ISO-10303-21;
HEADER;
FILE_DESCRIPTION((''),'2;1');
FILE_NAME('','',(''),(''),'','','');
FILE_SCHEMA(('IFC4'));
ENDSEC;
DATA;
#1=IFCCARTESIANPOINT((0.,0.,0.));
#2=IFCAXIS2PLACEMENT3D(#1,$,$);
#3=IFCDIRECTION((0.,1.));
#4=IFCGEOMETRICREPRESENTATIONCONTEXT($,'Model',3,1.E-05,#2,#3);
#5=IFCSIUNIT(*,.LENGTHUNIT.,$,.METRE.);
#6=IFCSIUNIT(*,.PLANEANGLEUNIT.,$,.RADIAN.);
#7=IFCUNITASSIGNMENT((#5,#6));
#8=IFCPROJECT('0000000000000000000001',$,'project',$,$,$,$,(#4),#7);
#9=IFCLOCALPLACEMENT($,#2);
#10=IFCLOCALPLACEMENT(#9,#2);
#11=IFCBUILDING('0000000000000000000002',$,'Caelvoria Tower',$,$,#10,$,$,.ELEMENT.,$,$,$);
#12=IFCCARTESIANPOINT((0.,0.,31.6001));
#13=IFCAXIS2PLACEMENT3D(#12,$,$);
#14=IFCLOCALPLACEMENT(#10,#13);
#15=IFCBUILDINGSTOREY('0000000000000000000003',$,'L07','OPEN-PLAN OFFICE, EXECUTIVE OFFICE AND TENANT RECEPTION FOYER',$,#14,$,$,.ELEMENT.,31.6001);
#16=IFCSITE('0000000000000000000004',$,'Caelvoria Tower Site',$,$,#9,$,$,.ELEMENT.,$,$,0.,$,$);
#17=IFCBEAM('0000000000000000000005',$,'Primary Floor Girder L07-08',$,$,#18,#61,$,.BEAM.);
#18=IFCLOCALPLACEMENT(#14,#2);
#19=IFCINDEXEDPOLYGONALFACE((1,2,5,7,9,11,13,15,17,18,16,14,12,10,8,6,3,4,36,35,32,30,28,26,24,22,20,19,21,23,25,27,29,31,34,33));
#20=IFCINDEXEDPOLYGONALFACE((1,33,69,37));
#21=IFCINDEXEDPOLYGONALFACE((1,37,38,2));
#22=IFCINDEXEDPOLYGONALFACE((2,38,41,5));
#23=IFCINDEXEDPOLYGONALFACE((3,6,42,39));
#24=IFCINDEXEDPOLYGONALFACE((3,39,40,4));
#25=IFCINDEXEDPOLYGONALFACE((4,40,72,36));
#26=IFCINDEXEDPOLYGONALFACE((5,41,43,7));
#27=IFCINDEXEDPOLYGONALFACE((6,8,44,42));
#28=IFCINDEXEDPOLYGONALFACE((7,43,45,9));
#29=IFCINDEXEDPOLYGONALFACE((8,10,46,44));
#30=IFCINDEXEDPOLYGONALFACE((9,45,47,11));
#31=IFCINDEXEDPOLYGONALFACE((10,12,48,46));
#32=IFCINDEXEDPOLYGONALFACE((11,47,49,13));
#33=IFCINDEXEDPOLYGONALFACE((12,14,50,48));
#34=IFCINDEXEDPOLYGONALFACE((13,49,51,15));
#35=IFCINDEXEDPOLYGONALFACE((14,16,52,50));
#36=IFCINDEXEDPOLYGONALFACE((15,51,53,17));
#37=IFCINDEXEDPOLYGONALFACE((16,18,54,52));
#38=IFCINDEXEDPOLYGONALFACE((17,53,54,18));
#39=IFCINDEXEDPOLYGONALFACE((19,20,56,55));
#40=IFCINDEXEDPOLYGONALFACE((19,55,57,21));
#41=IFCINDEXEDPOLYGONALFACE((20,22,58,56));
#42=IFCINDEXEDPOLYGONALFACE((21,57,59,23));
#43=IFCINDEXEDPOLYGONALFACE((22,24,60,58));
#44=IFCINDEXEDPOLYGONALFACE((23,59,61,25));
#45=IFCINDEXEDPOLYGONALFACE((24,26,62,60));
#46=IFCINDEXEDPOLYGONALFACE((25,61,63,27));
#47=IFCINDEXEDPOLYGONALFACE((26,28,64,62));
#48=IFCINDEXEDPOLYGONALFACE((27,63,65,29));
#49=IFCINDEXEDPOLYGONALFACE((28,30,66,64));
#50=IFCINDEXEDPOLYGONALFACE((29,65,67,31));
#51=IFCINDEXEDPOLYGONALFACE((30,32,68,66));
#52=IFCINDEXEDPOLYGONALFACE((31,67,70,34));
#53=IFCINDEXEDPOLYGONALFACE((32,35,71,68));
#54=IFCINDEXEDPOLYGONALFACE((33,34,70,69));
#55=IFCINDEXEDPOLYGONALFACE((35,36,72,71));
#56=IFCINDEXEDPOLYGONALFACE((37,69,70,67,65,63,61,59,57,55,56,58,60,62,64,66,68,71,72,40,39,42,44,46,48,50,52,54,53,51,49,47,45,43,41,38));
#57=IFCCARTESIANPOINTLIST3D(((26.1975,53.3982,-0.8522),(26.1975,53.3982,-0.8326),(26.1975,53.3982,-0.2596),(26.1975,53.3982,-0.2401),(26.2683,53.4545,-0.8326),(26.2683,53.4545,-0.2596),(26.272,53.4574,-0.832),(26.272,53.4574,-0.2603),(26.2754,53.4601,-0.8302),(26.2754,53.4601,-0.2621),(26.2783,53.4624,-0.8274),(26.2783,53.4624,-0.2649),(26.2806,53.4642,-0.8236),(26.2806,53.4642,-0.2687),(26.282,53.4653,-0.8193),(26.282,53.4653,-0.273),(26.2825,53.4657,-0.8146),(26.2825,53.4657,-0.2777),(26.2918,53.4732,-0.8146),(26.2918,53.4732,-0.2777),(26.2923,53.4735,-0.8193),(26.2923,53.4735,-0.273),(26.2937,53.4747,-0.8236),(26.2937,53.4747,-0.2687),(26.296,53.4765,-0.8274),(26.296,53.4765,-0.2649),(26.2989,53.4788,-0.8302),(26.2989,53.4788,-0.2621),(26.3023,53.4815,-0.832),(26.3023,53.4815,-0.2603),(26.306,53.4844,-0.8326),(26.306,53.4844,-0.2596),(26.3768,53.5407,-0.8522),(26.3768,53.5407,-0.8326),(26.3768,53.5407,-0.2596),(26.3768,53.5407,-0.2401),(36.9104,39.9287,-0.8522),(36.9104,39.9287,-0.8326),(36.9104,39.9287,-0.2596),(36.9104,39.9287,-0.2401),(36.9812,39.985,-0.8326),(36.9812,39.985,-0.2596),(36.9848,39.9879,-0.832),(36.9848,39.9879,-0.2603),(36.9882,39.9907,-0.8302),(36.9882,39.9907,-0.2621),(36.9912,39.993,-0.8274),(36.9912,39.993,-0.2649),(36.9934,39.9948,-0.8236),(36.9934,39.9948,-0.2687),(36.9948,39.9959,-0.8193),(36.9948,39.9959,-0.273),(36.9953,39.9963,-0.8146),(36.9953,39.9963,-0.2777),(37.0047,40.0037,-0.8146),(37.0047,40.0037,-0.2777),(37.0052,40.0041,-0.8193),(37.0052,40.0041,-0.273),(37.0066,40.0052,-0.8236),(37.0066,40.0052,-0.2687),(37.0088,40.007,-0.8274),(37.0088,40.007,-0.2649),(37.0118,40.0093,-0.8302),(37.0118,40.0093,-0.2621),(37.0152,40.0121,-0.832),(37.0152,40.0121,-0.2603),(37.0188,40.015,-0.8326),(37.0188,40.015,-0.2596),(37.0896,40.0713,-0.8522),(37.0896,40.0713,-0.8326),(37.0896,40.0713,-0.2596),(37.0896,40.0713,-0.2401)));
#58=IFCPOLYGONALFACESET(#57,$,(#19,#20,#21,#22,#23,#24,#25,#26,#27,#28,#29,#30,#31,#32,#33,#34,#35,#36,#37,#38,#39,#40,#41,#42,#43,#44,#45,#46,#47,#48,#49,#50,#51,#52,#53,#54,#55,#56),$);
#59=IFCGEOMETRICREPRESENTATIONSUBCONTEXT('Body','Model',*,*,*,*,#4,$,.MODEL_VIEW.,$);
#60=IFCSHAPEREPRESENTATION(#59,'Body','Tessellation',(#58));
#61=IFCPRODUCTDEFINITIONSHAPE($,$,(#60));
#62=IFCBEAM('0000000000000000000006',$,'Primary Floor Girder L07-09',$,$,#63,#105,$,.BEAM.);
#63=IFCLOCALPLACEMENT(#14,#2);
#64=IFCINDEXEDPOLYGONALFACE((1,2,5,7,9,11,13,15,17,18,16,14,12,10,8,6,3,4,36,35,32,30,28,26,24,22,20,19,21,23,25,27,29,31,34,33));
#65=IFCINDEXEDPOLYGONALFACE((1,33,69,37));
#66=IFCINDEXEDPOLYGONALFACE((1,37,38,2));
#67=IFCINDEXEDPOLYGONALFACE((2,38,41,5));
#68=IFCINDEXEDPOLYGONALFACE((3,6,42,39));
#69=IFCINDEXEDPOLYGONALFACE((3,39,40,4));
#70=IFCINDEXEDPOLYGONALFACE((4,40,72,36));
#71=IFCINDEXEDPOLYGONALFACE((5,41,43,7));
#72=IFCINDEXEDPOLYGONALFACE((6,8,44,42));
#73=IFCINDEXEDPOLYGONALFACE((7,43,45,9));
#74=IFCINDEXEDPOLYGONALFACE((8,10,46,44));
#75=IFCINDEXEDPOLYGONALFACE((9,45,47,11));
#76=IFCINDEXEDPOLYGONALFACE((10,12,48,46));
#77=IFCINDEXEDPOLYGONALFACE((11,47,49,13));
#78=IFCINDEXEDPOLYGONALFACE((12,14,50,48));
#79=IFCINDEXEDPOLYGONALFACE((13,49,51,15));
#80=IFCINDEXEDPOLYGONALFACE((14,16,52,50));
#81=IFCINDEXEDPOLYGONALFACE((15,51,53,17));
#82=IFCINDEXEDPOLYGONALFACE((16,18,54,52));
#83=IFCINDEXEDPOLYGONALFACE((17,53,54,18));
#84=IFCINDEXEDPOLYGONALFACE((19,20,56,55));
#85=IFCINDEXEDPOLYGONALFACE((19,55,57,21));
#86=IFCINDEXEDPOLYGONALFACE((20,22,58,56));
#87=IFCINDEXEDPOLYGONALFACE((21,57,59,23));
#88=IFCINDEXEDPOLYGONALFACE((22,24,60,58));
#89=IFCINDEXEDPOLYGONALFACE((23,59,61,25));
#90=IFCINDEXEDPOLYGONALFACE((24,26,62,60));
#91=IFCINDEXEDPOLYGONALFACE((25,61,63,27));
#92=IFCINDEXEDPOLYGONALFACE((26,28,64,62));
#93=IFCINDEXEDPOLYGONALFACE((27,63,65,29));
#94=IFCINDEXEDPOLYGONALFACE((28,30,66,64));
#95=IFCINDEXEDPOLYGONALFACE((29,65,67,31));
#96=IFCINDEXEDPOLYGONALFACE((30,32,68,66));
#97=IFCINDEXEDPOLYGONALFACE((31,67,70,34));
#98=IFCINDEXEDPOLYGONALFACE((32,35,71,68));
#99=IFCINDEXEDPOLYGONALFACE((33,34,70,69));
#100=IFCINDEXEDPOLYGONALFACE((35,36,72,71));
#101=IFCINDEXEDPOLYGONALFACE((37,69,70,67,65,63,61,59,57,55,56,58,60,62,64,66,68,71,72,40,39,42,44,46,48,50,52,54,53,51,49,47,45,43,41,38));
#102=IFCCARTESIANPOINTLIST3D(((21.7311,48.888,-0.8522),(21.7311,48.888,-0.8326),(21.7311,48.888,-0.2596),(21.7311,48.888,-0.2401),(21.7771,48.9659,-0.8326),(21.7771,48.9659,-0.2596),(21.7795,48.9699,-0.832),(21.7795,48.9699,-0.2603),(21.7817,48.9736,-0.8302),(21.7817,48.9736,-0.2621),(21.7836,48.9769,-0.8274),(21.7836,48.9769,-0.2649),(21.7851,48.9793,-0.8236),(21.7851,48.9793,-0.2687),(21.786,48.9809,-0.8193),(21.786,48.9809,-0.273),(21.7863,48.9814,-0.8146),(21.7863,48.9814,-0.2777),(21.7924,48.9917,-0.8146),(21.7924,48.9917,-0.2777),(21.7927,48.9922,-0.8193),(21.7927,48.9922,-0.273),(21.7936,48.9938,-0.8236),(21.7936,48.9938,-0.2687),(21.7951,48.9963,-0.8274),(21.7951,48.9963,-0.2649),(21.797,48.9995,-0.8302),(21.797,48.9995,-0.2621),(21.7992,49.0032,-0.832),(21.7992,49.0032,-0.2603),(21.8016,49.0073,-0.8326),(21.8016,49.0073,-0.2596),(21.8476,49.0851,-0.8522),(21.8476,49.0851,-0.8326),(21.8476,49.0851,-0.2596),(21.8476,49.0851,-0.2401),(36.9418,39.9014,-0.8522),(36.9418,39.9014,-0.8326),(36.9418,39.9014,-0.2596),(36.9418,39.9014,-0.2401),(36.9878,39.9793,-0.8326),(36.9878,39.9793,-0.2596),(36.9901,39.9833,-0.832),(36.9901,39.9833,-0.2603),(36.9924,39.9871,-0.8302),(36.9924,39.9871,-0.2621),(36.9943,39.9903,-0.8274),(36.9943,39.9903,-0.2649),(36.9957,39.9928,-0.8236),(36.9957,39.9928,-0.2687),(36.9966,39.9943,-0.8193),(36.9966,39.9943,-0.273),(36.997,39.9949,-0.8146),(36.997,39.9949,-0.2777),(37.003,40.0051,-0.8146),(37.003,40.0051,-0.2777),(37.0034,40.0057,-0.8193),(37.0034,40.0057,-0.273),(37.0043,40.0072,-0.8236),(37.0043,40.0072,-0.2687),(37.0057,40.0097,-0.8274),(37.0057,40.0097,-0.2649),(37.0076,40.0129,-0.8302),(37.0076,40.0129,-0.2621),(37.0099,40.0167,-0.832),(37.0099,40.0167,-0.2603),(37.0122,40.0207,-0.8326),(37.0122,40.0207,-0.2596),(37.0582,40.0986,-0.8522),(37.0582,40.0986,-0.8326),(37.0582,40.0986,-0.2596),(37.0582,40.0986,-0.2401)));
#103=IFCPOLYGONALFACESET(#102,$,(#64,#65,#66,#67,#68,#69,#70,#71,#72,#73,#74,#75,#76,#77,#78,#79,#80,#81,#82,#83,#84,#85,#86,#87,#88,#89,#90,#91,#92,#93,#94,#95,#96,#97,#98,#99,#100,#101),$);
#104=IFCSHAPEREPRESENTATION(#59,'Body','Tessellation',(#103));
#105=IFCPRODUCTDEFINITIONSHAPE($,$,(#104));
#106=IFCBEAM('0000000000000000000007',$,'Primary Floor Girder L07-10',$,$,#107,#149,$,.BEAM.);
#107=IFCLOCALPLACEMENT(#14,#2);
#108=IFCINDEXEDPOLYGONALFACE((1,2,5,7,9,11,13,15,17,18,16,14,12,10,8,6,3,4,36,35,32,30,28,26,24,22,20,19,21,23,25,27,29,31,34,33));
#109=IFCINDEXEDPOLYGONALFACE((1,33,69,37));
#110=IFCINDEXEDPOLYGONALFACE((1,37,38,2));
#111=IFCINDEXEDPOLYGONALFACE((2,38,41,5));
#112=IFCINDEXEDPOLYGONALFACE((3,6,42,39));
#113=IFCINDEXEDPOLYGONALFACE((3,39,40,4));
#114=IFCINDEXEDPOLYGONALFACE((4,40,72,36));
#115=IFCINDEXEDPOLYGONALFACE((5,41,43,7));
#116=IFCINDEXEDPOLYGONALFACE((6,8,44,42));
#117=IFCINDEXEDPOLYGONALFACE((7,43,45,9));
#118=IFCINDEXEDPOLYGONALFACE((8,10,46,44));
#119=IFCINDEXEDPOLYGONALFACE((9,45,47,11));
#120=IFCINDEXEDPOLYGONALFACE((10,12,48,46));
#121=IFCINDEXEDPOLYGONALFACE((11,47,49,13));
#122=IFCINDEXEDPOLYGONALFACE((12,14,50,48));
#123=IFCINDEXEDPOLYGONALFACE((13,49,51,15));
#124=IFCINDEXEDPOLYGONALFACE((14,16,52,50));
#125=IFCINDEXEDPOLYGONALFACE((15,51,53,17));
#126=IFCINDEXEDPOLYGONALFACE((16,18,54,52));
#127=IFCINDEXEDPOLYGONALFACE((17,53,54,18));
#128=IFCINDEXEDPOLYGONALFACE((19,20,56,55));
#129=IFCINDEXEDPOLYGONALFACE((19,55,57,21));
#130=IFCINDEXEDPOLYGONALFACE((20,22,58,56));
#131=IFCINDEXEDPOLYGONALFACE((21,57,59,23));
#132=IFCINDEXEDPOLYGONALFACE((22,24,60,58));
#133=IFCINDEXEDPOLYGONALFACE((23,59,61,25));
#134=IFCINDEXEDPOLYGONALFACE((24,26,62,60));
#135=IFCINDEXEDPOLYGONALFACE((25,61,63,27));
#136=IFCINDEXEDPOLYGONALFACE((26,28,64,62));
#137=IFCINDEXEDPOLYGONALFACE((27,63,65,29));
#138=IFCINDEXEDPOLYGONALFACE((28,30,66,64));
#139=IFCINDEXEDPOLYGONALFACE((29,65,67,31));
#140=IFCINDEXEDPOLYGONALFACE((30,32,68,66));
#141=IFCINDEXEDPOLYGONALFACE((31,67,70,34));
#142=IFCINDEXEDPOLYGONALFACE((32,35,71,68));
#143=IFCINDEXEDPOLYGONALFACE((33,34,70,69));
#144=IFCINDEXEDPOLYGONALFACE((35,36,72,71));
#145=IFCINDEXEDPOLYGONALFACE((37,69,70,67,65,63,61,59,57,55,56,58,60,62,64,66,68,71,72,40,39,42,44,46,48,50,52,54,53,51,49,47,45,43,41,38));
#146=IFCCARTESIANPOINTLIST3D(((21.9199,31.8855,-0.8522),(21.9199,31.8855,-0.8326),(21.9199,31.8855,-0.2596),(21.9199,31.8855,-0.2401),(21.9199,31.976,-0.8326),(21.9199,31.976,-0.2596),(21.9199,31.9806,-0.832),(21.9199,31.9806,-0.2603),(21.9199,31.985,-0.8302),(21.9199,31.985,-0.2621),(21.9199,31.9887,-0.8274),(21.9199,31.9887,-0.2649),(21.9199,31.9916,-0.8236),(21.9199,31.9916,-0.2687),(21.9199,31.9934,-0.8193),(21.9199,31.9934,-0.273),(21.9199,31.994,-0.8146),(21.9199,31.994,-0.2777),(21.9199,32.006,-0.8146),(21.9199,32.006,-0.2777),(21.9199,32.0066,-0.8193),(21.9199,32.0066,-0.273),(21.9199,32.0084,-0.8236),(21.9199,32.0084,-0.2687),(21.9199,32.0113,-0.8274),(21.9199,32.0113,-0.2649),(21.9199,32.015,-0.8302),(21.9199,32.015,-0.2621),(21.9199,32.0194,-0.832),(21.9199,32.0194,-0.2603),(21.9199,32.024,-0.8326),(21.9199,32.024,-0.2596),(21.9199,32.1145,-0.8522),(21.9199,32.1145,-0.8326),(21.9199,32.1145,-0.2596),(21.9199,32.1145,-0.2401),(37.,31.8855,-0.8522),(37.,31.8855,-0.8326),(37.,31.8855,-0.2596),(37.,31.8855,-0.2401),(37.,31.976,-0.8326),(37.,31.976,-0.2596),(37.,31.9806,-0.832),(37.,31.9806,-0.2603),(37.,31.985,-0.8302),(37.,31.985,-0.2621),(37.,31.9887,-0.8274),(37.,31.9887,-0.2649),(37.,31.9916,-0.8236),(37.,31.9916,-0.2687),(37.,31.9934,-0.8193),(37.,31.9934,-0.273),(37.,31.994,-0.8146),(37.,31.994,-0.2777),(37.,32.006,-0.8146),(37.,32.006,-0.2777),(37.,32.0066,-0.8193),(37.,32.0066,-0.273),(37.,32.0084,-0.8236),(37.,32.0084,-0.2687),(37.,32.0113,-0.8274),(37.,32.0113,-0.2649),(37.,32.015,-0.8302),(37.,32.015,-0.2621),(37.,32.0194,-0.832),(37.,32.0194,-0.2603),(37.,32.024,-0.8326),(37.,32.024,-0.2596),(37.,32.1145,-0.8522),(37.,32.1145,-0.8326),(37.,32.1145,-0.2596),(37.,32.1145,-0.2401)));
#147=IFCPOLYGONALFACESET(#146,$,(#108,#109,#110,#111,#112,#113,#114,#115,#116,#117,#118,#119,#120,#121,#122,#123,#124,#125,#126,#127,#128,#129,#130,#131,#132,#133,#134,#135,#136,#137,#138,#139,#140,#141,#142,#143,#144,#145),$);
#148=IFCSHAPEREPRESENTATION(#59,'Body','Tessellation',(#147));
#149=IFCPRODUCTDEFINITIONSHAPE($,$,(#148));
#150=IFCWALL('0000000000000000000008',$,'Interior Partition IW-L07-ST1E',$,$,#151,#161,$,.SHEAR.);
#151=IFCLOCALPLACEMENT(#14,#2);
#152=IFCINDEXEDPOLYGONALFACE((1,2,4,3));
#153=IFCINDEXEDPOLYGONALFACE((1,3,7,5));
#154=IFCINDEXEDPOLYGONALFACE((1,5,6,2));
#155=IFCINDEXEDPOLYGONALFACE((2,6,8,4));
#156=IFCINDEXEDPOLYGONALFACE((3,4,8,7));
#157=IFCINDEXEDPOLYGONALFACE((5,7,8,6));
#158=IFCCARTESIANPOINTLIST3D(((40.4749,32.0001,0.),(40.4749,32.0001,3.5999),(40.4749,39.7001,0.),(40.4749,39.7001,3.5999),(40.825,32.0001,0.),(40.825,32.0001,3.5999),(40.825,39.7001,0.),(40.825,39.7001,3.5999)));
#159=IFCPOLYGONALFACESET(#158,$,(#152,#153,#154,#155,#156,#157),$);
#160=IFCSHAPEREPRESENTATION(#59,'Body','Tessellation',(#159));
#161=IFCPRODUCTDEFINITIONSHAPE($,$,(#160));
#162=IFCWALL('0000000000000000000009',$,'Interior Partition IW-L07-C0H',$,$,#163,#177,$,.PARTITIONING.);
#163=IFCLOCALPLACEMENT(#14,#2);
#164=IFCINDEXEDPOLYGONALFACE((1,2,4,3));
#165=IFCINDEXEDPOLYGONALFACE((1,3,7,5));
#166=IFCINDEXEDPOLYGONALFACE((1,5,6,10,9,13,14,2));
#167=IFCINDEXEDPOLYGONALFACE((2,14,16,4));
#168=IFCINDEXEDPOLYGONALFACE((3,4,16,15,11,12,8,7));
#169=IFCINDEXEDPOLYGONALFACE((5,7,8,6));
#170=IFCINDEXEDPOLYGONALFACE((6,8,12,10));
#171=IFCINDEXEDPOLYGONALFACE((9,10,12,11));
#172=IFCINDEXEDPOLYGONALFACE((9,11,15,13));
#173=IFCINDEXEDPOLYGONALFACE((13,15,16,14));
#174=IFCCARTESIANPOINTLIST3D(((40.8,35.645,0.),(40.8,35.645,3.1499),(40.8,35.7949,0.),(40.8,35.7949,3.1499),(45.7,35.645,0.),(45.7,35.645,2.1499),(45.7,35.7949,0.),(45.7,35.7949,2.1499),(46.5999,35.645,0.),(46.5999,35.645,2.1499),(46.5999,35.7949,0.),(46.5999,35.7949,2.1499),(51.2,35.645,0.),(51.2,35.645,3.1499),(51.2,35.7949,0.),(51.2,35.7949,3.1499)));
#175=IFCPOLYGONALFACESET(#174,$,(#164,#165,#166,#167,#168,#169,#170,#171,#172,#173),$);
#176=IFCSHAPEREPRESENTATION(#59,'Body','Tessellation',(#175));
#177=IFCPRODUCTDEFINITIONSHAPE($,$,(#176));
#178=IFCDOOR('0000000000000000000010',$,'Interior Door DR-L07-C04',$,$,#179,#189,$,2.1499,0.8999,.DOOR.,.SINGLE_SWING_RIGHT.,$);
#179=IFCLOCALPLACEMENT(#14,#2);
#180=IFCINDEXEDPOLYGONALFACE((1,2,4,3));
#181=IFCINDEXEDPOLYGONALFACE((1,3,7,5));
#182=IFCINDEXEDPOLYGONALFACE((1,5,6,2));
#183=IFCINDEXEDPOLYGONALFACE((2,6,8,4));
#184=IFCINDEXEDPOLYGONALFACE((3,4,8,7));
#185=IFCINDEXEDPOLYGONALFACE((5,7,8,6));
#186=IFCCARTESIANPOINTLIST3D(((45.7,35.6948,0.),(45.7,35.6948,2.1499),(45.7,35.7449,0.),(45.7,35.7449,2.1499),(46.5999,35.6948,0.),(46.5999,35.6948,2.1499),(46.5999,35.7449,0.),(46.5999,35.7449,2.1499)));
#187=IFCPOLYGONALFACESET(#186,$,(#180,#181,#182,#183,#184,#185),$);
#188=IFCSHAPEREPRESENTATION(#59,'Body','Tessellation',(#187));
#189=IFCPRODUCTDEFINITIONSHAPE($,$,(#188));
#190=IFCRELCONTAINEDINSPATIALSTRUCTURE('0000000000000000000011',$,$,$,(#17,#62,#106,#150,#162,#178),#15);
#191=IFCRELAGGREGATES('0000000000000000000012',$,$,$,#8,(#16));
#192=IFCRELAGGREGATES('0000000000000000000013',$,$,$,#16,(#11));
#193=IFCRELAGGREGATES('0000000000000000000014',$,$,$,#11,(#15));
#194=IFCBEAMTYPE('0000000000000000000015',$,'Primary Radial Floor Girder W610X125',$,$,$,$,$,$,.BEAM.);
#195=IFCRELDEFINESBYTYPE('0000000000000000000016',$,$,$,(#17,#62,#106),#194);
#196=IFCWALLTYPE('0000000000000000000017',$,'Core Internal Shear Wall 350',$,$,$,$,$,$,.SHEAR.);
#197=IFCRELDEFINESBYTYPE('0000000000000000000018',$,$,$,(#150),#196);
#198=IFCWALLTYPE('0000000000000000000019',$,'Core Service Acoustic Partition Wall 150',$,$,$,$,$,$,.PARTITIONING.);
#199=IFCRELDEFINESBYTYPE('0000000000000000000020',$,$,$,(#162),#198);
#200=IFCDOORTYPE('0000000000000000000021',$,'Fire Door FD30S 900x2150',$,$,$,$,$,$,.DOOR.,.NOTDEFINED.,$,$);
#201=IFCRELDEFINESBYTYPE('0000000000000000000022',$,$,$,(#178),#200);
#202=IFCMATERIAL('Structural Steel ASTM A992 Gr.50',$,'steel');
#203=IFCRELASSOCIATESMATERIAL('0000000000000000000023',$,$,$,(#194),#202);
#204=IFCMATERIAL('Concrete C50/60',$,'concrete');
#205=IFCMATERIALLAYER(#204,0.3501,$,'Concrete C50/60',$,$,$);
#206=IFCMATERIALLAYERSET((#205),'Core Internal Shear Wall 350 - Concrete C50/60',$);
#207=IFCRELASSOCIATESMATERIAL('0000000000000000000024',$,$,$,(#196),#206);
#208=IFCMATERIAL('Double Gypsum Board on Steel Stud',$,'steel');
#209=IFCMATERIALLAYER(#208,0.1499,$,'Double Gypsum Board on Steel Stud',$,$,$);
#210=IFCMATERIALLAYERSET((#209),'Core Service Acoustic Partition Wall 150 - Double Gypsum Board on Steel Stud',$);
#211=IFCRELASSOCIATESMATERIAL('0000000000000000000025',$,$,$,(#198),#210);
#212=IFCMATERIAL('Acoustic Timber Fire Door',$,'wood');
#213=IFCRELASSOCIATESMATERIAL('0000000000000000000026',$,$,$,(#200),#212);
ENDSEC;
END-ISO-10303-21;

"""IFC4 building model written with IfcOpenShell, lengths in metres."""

from ifc_helpers import new_model, si_unit, direction, frame, frame_2d, origin, origin_2d, place, context, subcontext, project, spatial, rectangle, i_section, extrude, material, layer, layer_set, material_profile, profile_set, type_object, element, fill, save


model = new_model("IFC4")

# Units and contexts
model_context = context("Model", 3, precision=1e-05, world=origin(), true_north=direction((0.0, 1.0)))
body_context = subcontext(model_context, "Body", "Model", "MODEL_VIEW")
ifc_project = project(units=[si_unit("LENGTHUNIT", "METRE"), si_unit("PLANEANGLEUNIT", "RADIAN")], contexts=[model_context])

# Site, building, storey
site_placement = place(None, origin())
site = spatial("IfcSite", under=ifc_project, at=site_placement, Name="Caelvoria Tower Site", CompositionType="ELEMENT", RefElevation=0.0)
building_placement = place(site_placement, origin())
building = spatial("IfcBuilding", under=site, at=building_placement, Name="Caelvoria Tower", CompositionType="ELEMENT")
storey_placement = place(building_placement, frame((0.0, 0.0, 31.6001)))
storey = spatial("IfcBuildingStorey", under=building, at=storey_placement, Name="L07", Description="OPEN-PLAN OFFICE, EXECUTIVE OFFICE AND TENANT RECEPTION FOYER", CompositionType="ELEMENT", Elevation=31.6001)

# Beams
ifc_material_1 = material(Name="Structural Steel ASTM A992 Gr.50", Category="steel")
ifc_material_profile_1 = material_profile(ifc_material_1, i_section(OverallWidth=0.229, OverallDepth=0.6121, WebThickness=0.012, FlangeThickness=0.0195, FilletRadius=0.0181, at=origin_2d()), Name="Structural Steel ASTM A992 Gr.50")
ifc_profile_set_1 = profile_set([ifc_material_profile_1], Name="W610X125 - Structural Steel ASTM A992 Gr.50")
beam_type_1 = type_object("IfcBeamType", Name="Primary Radial Floor Girder W610X125", PredefinedType="BEAM", material=ifc_profile_set_1)
beam_1_placement = place(storey_placement, frame((37.0, 40.0, -0.5461), z_axis=(-0.622471, 0.782643, 0.0), x_axis=(-0.782643, -0.622471, 0.0)))
element("IfcBeam", 1, at=beam_1_placement, inside=storey, type_object=beam_type_1, Name="Primary Floor Girder L07-08", PredefinedType="BEAM", context=body_context, shape_type="SweptSolid", body=[
    extrude(i_section(OverallWidth=0.229, OverallDepth=0.6121, WebThickness=0.012, FlangeThickness=0.0195, FilletRadius=0.0181, at=origin_2d()), origin(), (0.0, 0.0, 1.0), 17.2102),
])
beam_2_placement = place(storey_placement, frame((37.0, 40.0, -0.5461), z_axis=(-0.860965, 0.508664, 0.0), x_axis=(-0.508664, -0.860965, 0.0)))
element("IfcBeam", 2, at=beam_2_placement, inside=storey, type_object=beam_type_1, Name="Primary Floor Girder L07-09", PredefinedType="BEAM", context=body_context, shape_type="SweptSolid", body=[
    extrude(i_section(OverallWidth=0.229, OverallDepth=0.6121, WebThickness=0.012, FlangeThickness=0.0195, FilletRadius=0.0181, at=origin_2d()), origin(), (0.0, 0.0, 1.0), 17.667),
])
beam_3_placement = place(storey_placement, frame((37.0, 32.0, -0.5461), z_axis=(-1.0, 0.0, 0.0), x_axis=(0.0, -1.0, 0.0)))
element("IfcBeam", 3, at=beam_3_placement, inside=storey, type_object=beam_type_1, Name="Primary Floor Girder L07-10", PredefinedType="BEAM", context=body_context, shape_type="SweptSolid", body=[
    extrude(i_section(OverallWidth=0.229, OverallDepth=0.6121, WebThickness=0.012, FlangeThickness=0.0195, FilletRadius=0.0181, at=origin_2d()), origin(), (0.0, 0.0, 1.0), 15.0801),
])

# Wall
ifc_material_2 = material(Name="Concrete C50/60", Category="concrete")
ifc_layer_1 = layer(ifc_material_2, 0.3501, Name="Concrete C50/60")
ifc_layer_set_1 = layer_set([ifc_layer_1], Name="Core Internal Shear Wall 350 - Concrete C50/60")
wall_type_1 = type_object("IfcWallType", Name="Core Internal Shear Wall 350", PredefinedType="SHEAR", material=ifc_layer_set_1)
wall_1_placement = place(storey_placement, frame((40.6499, 32.0, 0.0), z_axis=(0.0, 0.0, 1.0), x_axis=(0.0, 1.0, 0.0)))
element("IfcWall", 4, at=wall_1_placement, inside=storey, type_object=wall_type_1, Name="Interior Partition IW-L07-ST1E", PredefinedType="SHEAR", context=body_context, shape_type="SweptSolid", body=[
    extrude(rectangle(XDim=7.7, YDim=0.3501, at=frame_2d((3.8501, 0.0))), origin(), (0.0, 0.0, 1.0), 3.5999),
])

# Wall, opening, door
ifc_material_3 = material(Name="Double Gypsum Board on Steel Stud", Category="steel")
ifc_layer_2 = layer(ifc_material_3, 0.1499, Name="Double Gypsum Board on Steel Stud")
ifc_layer_set_2 = layer_set([ifc_layer_2], Name="Core Service Acoustic Partition Wall 150 - Double Gypsum Board on Steel Stud")
wall_type_2 = type_object("IfcWallType", Name="Core Service Acoustic Partition Wall 150", PredefinedType="PARTITIONING", material=ifc_layer_set_2)
wall_2_placement = place(storey_placement, frame((40.8, 35.72, 0.0), z_axis=(0.0, 0.0, 1.0), x_axis=(1.0, 0.0, 0.0)))
wall_2 = element("IfcWall", 5, at=wall_2_placement, inside=storey, type_object=wall_type_2, Name="Interior Partition IW-L07-C0H", PredefinedType="PARTITIONING", context=body_context, shape_type="SweptSolid", body=[
    extrude(rectangle(XDim=10.3999, YDim=0.1499, at=frame_2d((5.2, 0.0))), origin(), (0.0, 0.0, 1.0), 3.1499),
])
opening_1_placement = place(wall_2_placement, frame((4.8999, 0.0, 0.0)))
opening_1 = element("IfcOpeningElement", 6, at=opening_1_placement, cuts=wall_2, PredefinedType="OPENING", context=body_context, shape_type="SweptSolid", body=[
    extrude(rectangle(XDim=0.8999, YDim=2.1499, at=frame_2d((0.45, 1.075))), frame((0.0, 0.085, 0.0), z_axis=(0.0, -1.0, 0.0), x_axis=(1.0, 0.0, 0.0)), (0.0, 0.0, 1.0), 0.1699),
])
ifc_material_4 = material(Name="Acoustic Timber Fire Door", Category="wood")
door_type_1 = type_object("IfcDoorType", Name="Fire Door FD30S 900x2150", OperationType="NOTDEFINED", PredefinedType="DOOR", material=ifc_material_4)
door_1_placement = place(opening_1_placement, origin())
door_1 = element("IfcDoor", 7, at=door_1_placement, inside=storey, type_object=door_type_1, Name="Interior Door DR-L07-C04", OperationType="SINGLE_SWING_RIGHT", OverallHeight=2.1499, OverallWidth=0.8999, PredefinedType="DOOR", context=body_context, shape_type="SweptSolid", body=[
    extrude(rectangle(XDim=0.8999, YDim=2.1499, at=frame_2d((0.45, 1.075))), frame((0.0, 0.0249, 0.0), z_axis=(0.0, -1.0, 0.0), x_axis=(1.0, 0.0, 0.0)), (0.0, 0.0, 1.0), 0.05),
])
fill(opening_1, door_1)

save(model, "model.ifc")
